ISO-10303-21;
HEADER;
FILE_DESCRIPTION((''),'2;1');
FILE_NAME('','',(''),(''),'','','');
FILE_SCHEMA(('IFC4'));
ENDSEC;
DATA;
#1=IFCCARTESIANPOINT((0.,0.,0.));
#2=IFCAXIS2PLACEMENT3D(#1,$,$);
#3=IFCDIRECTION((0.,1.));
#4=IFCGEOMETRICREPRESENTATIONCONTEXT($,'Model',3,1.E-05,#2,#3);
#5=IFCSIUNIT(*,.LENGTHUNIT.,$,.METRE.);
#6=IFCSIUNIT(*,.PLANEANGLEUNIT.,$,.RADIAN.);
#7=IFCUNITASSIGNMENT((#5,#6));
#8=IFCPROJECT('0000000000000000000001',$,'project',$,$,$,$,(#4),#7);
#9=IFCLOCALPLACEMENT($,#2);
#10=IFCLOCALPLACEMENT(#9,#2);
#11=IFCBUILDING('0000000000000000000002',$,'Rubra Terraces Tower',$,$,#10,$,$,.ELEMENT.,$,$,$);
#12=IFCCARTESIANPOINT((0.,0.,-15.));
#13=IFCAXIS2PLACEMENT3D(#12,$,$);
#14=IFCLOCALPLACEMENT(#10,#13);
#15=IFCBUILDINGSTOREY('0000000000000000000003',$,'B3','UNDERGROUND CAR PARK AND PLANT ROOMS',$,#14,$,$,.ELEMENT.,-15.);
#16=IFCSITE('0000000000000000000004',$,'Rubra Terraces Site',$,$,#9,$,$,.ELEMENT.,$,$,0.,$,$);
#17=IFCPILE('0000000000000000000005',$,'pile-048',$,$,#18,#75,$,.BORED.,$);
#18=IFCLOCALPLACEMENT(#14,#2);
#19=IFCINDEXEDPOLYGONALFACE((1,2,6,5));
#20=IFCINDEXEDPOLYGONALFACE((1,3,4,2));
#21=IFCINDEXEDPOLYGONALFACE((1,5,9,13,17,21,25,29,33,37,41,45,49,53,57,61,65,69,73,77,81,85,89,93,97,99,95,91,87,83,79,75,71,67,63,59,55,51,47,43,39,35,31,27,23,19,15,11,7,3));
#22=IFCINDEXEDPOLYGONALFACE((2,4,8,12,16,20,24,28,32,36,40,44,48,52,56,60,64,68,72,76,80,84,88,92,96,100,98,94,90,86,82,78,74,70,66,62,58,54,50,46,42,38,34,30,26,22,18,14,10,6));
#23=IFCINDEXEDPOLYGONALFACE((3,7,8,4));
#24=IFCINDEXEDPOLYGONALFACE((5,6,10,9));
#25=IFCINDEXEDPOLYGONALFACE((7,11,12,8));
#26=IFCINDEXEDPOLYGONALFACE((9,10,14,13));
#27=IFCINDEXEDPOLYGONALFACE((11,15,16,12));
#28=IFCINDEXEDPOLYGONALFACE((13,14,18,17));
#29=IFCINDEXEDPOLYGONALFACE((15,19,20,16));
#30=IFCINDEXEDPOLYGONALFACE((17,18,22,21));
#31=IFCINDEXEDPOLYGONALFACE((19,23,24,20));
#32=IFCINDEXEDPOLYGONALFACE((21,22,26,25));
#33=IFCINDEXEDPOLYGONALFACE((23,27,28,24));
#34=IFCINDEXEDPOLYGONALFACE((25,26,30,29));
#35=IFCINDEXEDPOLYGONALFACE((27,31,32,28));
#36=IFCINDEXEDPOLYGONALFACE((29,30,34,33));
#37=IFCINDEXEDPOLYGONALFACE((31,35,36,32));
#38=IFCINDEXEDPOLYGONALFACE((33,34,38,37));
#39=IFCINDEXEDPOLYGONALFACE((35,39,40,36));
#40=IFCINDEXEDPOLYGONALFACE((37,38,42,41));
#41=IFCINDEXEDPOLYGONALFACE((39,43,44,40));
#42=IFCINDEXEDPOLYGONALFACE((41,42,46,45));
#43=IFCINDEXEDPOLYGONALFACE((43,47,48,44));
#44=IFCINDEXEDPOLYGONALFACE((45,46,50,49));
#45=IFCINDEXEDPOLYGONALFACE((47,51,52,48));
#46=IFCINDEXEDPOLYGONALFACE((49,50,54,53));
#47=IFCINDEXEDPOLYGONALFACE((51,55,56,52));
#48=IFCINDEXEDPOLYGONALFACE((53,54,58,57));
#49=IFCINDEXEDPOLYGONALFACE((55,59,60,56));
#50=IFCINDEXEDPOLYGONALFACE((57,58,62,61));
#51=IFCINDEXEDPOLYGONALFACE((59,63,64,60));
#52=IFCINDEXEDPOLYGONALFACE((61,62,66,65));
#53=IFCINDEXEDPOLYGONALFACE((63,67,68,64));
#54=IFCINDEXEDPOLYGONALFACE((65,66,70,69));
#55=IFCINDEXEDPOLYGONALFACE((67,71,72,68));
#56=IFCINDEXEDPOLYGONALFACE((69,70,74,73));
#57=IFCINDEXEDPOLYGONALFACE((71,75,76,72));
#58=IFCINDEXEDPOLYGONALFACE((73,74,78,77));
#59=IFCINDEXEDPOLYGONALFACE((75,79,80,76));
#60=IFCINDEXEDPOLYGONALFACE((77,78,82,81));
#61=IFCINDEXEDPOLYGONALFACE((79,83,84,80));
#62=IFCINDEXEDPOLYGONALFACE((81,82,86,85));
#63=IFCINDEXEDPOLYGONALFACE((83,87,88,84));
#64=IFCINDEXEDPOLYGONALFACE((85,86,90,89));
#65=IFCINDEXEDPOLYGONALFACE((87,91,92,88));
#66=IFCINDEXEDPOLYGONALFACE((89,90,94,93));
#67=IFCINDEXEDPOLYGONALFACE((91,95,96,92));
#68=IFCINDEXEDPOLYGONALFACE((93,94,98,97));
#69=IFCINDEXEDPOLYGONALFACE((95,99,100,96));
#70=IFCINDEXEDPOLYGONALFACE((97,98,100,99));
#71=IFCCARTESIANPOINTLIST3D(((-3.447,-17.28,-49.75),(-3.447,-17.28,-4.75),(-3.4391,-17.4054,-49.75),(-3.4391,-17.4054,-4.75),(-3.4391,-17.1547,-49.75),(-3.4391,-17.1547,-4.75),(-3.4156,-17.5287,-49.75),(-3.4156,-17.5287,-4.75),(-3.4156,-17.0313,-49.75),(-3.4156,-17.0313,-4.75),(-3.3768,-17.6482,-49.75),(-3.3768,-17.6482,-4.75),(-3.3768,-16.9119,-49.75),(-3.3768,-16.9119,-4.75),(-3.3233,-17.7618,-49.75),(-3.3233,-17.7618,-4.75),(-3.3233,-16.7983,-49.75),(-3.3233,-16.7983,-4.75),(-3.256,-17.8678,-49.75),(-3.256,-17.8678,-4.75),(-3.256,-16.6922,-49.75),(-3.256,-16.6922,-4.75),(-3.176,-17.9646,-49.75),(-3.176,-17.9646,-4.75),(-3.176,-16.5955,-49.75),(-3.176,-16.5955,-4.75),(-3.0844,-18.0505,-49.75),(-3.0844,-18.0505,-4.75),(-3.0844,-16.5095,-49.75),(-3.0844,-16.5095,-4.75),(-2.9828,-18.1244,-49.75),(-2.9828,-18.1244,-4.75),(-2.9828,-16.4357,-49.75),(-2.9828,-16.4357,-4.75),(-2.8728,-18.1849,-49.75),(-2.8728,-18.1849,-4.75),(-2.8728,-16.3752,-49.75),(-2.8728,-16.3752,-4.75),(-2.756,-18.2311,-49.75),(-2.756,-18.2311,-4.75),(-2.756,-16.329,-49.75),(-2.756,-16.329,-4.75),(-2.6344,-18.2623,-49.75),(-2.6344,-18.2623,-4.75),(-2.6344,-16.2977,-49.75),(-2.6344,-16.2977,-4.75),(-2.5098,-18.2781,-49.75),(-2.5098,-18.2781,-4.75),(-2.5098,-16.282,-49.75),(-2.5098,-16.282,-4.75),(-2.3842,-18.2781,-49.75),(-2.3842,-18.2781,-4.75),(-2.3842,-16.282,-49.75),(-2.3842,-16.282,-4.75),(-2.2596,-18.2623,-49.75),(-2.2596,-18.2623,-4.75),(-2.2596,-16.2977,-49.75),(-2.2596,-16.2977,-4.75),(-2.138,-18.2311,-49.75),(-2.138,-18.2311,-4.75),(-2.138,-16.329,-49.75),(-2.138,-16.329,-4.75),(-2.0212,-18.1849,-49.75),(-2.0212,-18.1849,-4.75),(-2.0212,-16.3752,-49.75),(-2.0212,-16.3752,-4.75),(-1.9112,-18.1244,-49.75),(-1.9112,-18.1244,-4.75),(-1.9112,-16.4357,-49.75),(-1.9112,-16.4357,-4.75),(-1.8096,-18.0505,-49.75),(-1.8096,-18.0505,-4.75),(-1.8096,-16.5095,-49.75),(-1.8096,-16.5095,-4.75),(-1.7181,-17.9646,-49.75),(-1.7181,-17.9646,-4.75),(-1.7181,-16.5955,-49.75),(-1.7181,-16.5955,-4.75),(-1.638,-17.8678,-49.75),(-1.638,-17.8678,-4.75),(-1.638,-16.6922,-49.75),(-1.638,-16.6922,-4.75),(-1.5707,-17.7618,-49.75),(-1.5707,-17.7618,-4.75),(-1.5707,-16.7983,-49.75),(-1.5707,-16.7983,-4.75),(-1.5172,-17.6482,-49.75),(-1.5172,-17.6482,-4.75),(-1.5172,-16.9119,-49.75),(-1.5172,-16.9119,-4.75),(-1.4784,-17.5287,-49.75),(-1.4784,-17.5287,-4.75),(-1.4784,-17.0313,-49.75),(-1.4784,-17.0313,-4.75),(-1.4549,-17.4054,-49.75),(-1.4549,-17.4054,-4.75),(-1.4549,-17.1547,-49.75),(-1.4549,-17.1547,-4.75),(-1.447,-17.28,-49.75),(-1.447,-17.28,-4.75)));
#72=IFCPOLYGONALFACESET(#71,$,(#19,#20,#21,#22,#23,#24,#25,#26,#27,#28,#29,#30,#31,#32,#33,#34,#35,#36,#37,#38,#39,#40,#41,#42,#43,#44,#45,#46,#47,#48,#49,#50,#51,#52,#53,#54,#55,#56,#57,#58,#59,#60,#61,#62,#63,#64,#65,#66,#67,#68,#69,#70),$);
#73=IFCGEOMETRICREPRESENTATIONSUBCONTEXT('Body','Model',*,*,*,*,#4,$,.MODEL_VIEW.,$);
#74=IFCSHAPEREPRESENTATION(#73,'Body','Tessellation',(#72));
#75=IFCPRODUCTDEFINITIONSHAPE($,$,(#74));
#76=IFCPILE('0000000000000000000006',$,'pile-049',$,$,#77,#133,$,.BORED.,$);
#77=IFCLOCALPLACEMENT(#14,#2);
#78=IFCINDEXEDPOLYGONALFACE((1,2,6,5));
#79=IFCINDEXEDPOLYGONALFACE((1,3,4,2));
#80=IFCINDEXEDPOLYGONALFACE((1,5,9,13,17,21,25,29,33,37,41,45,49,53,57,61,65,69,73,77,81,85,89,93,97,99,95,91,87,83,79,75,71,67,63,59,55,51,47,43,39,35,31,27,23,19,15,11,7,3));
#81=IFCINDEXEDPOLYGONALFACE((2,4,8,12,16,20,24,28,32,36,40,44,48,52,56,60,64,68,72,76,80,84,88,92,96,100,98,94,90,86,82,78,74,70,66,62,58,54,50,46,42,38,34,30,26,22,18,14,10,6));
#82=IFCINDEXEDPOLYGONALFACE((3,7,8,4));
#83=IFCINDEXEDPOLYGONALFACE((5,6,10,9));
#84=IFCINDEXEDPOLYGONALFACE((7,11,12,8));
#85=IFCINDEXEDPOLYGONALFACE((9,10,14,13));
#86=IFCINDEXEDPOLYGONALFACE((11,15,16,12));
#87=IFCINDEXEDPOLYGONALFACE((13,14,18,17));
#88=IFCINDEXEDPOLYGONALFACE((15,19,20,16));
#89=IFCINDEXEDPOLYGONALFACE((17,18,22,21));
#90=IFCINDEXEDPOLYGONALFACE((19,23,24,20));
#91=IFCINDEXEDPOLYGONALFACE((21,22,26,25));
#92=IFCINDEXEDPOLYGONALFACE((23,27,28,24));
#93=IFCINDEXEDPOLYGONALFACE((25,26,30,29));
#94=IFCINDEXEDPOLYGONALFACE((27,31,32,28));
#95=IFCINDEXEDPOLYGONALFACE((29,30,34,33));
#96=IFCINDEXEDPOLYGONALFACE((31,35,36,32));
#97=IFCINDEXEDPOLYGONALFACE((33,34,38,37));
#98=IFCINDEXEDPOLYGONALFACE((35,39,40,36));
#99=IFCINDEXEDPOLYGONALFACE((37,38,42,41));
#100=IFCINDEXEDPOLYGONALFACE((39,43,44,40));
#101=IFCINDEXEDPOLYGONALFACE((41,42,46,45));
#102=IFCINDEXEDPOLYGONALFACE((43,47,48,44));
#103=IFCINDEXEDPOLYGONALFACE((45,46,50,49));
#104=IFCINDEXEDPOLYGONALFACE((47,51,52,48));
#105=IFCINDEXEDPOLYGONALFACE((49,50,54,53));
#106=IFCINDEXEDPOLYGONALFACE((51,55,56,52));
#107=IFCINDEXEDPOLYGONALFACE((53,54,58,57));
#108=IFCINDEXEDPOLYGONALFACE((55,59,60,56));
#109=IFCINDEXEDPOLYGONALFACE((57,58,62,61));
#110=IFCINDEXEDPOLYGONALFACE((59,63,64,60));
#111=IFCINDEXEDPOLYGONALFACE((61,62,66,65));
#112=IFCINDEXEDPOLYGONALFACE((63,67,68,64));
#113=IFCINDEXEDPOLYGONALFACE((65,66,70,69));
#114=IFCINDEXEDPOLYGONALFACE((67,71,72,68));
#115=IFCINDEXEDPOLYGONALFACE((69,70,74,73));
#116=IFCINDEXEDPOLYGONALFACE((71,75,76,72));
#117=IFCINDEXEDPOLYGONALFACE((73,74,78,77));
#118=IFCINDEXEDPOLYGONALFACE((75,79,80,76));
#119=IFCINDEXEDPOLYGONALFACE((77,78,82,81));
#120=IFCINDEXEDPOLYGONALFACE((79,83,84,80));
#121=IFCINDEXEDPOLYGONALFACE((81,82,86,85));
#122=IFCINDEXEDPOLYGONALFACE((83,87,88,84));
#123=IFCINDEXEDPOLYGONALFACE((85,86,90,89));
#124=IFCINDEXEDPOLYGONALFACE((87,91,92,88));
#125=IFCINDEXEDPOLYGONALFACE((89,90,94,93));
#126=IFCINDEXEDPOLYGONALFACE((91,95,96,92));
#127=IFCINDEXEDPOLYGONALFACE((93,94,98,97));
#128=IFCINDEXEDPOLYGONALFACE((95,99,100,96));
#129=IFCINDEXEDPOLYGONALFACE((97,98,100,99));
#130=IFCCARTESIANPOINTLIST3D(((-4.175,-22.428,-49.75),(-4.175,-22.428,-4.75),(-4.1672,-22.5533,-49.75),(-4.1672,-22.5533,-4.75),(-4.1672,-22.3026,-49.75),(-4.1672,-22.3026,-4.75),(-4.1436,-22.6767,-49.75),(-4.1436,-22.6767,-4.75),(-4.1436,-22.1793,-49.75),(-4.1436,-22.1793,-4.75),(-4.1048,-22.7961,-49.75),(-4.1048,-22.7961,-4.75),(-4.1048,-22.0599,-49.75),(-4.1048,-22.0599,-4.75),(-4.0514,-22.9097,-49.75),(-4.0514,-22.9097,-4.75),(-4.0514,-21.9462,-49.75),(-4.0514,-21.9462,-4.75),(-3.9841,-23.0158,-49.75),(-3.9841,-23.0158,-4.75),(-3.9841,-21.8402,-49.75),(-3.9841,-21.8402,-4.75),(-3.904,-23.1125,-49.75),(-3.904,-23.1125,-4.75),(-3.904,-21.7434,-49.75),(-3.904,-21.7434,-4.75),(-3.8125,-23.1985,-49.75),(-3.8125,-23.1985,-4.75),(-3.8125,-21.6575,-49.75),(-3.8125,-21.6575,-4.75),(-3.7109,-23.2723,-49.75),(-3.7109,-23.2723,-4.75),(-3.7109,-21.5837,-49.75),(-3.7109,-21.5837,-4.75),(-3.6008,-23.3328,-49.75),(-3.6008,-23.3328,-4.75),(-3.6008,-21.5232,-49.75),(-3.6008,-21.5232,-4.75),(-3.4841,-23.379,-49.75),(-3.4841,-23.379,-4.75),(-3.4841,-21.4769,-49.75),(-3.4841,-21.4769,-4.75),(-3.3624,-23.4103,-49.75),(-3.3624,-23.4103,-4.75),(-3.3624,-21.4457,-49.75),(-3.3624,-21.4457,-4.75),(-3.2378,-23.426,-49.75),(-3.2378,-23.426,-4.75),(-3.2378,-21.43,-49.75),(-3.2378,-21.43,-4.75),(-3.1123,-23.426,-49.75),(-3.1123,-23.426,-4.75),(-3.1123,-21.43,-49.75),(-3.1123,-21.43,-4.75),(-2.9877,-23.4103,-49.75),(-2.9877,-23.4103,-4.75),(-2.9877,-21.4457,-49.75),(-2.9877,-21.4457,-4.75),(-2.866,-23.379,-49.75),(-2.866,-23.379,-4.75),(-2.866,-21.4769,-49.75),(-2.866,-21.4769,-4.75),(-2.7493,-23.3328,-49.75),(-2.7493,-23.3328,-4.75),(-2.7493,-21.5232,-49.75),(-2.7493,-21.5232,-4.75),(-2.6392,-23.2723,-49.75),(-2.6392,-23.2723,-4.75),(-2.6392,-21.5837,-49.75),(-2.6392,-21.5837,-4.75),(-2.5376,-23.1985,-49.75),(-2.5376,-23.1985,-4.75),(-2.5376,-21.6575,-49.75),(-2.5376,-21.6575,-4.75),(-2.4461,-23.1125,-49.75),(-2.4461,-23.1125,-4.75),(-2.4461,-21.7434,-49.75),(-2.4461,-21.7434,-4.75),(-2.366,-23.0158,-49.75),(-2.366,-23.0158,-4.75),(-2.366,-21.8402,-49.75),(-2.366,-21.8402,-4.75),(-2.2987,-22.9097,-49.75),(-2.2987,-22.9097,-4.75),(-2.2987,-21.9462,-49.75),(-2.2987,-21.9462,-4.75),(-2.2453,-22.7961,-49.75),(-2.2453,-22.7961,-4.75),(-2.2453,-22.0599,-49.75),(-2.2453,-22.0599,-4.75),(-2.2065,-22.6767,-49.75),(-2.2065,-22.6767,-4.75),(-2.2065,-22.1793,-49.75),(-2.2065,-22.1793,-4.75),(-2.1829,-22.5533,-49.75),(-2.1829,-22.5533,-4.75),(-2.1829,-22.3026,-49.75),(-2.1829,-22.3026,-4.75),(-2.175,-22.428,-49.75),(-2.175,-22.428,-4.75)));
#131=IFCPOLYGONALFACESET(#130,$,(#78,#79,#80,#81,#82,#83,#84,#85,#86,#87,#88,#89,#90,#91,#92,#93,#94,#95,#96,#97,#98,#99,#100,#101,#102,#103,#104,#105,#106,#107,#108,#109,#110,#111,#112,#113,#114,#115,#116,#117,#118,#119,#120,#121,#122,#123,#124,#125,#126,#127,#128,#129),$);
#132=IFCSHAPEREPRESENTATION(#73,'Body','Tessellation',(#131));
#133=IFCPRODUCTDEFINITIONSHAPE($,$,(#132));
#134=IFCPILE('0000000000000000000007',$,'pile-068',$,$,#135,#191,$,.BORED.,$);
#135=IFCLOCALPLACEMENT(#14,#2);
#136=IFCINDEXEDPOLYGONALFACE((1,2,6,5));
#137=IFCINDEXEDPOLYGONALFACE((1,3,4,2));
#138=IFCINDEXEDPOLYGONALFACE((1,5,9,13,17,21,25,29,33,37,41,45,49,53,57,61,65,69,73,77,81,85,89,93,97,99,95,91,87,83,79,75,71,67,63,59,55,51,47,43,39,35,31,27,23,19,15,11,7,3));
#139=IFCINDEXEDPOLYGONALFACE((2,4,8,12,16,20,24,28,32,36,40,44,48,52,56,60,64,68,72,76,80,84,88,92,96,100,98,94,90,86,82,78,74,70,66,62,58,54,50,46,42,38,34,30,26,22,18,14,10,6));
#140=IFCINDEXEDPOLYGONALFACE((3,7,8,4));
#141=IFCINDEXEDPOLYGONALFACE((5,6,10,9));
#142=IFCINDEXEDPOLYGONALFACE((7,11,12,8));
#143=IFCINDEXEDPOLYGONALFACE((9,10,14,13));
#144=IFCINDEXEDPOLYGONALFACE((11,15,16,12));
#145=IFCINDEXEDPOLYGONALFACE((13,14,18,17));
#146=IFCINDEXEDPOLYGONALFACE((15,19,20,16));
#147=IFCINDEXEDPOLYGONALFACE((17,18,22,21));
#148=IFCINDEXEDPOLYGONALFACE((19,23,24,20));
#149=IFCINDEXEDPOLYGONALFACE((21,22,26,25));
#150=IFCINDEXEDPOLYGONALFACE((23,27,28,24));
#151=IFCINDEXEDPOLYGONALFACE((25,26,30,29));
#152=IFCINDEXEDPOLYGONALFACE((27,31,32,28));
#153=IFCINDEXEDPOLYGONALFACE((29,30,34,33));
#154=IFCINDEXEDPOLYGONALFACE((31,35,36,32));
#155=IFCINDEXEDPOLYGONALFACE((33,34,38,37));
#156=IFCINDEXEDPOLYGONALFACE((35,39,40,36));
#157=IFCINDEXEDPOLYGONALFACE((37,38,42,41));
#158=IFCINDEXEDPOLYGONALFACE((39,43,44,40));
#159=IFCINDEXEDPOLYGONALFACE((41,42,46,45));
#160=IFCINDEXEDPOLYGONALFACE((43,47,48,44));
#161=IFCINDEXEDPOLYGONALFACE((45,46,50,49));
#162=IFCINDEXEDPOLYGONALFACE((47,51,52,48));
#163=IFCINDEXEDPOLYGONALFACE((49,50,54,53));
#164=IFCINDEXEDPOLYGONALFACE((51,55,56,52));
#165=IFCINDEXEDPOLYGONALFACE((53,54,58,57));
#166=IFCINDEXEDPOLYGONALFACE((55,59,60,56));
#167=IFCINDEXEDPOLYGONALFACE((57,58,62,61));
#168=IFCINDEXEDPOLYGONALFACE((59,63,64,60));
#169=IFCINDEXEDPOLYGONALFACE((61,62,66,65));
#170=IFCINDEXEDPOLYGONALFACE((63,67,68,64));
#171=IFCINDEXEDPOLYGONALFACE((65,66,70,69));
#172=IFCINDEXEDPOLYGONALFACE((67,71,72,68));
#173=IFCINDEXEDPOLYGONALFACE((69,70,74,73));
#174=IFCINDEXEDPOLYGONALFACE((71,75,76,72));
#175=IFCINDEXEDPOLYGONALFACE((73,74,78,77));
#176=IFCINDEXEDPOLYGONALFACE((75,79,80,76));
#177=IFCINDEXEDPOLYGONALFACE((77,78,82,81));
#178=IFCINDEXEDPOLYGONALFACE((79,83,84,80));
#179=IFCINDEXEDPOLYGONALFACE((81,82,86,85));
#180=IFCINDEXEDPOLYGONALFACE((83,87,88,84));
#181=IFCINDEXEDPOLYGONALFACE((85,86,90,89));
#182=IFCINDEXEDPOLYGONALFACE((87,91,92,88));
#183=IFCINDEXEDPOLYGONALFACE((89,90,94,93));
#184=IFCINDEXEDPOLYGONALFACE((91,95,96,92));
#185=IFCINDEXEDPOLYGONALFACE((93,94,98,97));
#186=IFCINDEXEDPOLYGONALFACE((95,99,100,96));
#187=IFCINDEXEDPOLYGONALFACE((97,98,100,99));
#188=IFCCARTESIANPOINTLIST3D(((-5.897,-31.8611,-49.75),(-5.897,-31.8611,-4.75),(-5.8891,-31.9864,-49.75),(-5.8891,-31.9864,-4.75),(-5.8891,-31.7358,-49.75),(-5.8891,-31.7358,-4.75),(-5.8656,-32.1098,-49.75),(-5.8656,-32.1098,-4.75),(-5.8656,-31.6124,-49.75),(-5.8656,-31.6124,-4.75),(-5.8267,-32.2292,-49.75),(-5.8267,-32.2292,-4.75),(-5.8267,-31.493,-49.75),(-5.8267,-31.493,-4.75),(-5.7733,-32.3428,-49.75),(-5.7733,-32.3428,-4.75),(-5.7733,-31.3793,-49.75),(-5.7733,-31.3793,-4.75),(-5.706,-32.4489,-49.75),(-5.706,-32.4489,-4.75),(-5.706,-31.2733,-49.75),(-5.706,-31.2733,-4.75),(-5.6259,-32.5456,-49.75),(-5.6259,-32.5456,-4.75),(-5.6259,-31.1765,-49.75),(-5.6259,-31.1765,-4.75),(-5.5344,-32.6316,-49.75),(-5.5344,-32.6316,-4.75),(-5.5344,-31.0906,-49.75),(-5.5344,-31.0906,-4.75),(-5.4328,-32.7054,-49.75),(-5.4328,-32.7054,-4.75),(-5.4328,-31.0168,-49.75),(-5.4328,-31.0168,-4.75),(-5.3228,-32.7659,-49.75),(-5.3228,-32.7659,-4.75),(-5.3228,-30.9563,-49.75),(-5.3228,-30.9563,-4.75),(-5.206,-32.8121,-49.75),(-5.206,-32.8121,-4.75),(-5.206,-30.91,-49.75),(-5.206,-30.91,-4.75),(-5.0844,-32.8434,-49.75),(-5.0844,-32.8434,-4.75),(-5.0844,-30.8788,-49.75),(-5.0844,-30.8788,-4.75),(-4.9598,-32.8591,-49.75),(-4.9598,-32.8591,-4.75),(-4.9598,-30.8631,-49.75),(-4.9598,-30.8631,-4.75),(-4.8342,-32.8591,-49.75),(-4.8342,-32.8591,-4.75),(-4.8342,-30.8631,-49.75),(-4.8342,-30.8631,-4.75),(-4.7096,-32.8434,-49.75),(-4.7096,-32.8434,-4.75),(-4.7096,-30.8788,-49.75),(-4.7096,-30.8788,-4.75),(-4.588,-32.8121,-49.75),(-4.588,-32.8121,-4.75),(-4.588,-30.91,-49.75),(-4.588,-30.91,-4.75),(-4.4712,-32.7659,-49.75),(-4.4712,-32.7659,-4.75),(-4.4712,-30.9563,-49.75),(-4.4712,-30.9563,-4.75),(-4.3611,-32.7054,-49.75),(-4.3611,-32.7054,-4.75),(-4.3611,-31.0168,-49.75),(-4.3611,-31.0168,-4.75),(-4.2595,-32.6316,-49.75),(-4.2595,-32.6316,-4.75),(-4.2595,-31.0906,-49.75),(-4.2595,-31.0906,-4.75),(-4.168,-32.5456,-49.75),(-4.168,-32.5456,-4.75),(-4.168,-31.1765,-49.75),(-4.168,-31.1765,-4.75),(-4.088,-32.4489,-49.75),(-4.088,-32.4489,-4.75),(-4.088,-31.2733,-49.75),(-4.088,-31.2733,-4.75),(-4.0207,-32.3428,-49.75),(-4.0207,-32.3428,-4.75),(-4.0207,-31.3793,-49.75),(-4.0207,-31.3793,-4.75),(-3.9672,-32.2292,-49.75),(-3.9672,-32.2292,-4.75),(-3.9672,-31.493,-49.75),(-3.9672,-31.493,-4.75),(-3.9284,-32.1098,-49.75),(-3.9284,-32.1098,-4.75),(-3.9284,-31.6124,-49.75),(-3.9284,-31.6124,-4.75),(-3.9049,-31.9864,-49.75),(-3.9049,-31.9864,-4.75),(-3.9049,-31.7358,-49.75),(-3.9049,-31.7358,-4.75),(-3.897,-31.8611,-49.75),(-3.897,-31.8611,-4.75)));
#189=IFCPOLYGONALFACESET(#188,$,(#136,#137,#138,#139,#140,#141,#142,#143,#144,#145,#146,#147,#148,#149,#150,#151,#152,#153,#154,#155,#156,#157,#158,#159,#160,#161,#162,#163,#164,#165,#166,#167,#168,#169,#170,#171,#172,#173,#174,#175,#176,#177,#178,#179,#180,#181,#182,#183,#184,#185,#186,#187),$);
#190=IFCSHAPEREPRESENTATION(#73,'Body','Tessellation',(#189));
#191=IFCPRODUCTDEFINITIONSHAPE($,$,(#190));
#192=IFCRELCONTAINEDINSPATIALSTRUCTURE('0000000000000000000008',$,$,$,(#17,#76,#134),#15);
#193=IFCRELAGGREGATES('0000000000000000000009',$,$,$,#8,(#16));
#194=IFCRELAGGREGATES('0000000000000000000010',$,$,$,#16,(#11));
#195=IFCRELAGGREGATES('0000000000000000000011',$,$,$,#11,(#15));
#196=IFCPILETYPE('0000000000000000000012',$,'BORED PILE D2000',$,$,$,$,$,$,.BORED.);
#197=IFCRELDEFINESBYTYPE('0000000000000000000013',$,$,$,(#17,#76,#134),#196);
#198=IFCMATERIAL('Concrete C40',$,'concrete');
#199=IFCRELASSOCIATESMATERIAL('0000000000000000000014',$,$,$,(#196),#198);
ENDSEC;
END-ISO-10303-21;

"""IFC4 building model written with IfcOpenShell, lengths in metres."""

from ifc_helpers import new_model, si_unit, direction, frame, origin, origin_2d, place, context, subcontext, project, spatial, circle, extrude, material, material_profile, profile_set, type_object, element, save


model = new_model("IFC4")

# Units and contexts
model_context = context("Model", 3, precision=1e-05, world=origin(), true_north=direction((0.0, 1.0)))
body_context = subcontext(model_context, "Body", "Model", "MODEL_VIEW")
ifc_project = project(units=[si_unit("LENGTHUNIT", "METRE"), si_unit("PLANEANGLEUNIT", "RADIAN")], contexts=[model_context])

# Site, building, storey
site_placement = place(None, origin())
site = spatial("IfcSite", under=ifc_project, at=site_placement, Name="Rubra Terraces Site", CompositionType="ELEMENT", RefElevation=0.0)
building_placement = place(site_placement, origin())
building = spatial("IfcBuilding", under=site, at=building_placement, Name="Rubra Terraces Tower", CompositionType="ELEMENT")
storey_placement = place(building_placement, frame((0.0, 0.0, -15.0)))
storey = spatial("IfcBuildingStorey", under=building, at=storey_placement, Name="B3", Description="UNDERGROUND CAR PARK AND PLANT ROOMS", CompositionType="ELEMENT", Elevation=-15.0)

# Piles
ifc_material_1 = material(Name="Concrete C40", Category="concrete")
ifc_material_profile_1 = material_profile(ifc_material_1, circle(Radius=1.0, at=origin_2d()), Name="BORED PILE D2000")
ifc_profile_set_1 = profile_set([ifc_material_profile_1], Name="Concrete C40")
pile_type = type_object("IfcPileType", Name="BORED PILE D2000", PredefinedType="BORED", material=ifc_profile_set_1)
for number, where, z_axis, x_axis, name in (
    (1, (-2.447, -17.28, -4.75), (0.0, 0.0, -1.0), (1.0, 0.0, 0.0), "pile-048"),
    (2, (-3.175, -22.428, -4.75), (0.0, 0.0, -1.0), (1.0, 0.0, 0.0), "pile-049"),
    (3, (-4.897, -31.8611, -4.75), (0.0, 0.0, -1.0), (1.0, 0.0, 0.0), "pile-068"),
):
    element("IfcPile", number, at=place(storey_placement, frame(where, z_axis=z_axis, x_axis=x_axis)), inside=storey, type_object=pile_type, Name=name, PredefinedType="BORED", context=body_context, shape_type="SweptSolid", body=[
        extrude(circle(Radius=1.0, at=origin_2d()), origin(), (0.0, 0.0, 1.0), 45.0),
    ])

save(model, "model.ifc")
